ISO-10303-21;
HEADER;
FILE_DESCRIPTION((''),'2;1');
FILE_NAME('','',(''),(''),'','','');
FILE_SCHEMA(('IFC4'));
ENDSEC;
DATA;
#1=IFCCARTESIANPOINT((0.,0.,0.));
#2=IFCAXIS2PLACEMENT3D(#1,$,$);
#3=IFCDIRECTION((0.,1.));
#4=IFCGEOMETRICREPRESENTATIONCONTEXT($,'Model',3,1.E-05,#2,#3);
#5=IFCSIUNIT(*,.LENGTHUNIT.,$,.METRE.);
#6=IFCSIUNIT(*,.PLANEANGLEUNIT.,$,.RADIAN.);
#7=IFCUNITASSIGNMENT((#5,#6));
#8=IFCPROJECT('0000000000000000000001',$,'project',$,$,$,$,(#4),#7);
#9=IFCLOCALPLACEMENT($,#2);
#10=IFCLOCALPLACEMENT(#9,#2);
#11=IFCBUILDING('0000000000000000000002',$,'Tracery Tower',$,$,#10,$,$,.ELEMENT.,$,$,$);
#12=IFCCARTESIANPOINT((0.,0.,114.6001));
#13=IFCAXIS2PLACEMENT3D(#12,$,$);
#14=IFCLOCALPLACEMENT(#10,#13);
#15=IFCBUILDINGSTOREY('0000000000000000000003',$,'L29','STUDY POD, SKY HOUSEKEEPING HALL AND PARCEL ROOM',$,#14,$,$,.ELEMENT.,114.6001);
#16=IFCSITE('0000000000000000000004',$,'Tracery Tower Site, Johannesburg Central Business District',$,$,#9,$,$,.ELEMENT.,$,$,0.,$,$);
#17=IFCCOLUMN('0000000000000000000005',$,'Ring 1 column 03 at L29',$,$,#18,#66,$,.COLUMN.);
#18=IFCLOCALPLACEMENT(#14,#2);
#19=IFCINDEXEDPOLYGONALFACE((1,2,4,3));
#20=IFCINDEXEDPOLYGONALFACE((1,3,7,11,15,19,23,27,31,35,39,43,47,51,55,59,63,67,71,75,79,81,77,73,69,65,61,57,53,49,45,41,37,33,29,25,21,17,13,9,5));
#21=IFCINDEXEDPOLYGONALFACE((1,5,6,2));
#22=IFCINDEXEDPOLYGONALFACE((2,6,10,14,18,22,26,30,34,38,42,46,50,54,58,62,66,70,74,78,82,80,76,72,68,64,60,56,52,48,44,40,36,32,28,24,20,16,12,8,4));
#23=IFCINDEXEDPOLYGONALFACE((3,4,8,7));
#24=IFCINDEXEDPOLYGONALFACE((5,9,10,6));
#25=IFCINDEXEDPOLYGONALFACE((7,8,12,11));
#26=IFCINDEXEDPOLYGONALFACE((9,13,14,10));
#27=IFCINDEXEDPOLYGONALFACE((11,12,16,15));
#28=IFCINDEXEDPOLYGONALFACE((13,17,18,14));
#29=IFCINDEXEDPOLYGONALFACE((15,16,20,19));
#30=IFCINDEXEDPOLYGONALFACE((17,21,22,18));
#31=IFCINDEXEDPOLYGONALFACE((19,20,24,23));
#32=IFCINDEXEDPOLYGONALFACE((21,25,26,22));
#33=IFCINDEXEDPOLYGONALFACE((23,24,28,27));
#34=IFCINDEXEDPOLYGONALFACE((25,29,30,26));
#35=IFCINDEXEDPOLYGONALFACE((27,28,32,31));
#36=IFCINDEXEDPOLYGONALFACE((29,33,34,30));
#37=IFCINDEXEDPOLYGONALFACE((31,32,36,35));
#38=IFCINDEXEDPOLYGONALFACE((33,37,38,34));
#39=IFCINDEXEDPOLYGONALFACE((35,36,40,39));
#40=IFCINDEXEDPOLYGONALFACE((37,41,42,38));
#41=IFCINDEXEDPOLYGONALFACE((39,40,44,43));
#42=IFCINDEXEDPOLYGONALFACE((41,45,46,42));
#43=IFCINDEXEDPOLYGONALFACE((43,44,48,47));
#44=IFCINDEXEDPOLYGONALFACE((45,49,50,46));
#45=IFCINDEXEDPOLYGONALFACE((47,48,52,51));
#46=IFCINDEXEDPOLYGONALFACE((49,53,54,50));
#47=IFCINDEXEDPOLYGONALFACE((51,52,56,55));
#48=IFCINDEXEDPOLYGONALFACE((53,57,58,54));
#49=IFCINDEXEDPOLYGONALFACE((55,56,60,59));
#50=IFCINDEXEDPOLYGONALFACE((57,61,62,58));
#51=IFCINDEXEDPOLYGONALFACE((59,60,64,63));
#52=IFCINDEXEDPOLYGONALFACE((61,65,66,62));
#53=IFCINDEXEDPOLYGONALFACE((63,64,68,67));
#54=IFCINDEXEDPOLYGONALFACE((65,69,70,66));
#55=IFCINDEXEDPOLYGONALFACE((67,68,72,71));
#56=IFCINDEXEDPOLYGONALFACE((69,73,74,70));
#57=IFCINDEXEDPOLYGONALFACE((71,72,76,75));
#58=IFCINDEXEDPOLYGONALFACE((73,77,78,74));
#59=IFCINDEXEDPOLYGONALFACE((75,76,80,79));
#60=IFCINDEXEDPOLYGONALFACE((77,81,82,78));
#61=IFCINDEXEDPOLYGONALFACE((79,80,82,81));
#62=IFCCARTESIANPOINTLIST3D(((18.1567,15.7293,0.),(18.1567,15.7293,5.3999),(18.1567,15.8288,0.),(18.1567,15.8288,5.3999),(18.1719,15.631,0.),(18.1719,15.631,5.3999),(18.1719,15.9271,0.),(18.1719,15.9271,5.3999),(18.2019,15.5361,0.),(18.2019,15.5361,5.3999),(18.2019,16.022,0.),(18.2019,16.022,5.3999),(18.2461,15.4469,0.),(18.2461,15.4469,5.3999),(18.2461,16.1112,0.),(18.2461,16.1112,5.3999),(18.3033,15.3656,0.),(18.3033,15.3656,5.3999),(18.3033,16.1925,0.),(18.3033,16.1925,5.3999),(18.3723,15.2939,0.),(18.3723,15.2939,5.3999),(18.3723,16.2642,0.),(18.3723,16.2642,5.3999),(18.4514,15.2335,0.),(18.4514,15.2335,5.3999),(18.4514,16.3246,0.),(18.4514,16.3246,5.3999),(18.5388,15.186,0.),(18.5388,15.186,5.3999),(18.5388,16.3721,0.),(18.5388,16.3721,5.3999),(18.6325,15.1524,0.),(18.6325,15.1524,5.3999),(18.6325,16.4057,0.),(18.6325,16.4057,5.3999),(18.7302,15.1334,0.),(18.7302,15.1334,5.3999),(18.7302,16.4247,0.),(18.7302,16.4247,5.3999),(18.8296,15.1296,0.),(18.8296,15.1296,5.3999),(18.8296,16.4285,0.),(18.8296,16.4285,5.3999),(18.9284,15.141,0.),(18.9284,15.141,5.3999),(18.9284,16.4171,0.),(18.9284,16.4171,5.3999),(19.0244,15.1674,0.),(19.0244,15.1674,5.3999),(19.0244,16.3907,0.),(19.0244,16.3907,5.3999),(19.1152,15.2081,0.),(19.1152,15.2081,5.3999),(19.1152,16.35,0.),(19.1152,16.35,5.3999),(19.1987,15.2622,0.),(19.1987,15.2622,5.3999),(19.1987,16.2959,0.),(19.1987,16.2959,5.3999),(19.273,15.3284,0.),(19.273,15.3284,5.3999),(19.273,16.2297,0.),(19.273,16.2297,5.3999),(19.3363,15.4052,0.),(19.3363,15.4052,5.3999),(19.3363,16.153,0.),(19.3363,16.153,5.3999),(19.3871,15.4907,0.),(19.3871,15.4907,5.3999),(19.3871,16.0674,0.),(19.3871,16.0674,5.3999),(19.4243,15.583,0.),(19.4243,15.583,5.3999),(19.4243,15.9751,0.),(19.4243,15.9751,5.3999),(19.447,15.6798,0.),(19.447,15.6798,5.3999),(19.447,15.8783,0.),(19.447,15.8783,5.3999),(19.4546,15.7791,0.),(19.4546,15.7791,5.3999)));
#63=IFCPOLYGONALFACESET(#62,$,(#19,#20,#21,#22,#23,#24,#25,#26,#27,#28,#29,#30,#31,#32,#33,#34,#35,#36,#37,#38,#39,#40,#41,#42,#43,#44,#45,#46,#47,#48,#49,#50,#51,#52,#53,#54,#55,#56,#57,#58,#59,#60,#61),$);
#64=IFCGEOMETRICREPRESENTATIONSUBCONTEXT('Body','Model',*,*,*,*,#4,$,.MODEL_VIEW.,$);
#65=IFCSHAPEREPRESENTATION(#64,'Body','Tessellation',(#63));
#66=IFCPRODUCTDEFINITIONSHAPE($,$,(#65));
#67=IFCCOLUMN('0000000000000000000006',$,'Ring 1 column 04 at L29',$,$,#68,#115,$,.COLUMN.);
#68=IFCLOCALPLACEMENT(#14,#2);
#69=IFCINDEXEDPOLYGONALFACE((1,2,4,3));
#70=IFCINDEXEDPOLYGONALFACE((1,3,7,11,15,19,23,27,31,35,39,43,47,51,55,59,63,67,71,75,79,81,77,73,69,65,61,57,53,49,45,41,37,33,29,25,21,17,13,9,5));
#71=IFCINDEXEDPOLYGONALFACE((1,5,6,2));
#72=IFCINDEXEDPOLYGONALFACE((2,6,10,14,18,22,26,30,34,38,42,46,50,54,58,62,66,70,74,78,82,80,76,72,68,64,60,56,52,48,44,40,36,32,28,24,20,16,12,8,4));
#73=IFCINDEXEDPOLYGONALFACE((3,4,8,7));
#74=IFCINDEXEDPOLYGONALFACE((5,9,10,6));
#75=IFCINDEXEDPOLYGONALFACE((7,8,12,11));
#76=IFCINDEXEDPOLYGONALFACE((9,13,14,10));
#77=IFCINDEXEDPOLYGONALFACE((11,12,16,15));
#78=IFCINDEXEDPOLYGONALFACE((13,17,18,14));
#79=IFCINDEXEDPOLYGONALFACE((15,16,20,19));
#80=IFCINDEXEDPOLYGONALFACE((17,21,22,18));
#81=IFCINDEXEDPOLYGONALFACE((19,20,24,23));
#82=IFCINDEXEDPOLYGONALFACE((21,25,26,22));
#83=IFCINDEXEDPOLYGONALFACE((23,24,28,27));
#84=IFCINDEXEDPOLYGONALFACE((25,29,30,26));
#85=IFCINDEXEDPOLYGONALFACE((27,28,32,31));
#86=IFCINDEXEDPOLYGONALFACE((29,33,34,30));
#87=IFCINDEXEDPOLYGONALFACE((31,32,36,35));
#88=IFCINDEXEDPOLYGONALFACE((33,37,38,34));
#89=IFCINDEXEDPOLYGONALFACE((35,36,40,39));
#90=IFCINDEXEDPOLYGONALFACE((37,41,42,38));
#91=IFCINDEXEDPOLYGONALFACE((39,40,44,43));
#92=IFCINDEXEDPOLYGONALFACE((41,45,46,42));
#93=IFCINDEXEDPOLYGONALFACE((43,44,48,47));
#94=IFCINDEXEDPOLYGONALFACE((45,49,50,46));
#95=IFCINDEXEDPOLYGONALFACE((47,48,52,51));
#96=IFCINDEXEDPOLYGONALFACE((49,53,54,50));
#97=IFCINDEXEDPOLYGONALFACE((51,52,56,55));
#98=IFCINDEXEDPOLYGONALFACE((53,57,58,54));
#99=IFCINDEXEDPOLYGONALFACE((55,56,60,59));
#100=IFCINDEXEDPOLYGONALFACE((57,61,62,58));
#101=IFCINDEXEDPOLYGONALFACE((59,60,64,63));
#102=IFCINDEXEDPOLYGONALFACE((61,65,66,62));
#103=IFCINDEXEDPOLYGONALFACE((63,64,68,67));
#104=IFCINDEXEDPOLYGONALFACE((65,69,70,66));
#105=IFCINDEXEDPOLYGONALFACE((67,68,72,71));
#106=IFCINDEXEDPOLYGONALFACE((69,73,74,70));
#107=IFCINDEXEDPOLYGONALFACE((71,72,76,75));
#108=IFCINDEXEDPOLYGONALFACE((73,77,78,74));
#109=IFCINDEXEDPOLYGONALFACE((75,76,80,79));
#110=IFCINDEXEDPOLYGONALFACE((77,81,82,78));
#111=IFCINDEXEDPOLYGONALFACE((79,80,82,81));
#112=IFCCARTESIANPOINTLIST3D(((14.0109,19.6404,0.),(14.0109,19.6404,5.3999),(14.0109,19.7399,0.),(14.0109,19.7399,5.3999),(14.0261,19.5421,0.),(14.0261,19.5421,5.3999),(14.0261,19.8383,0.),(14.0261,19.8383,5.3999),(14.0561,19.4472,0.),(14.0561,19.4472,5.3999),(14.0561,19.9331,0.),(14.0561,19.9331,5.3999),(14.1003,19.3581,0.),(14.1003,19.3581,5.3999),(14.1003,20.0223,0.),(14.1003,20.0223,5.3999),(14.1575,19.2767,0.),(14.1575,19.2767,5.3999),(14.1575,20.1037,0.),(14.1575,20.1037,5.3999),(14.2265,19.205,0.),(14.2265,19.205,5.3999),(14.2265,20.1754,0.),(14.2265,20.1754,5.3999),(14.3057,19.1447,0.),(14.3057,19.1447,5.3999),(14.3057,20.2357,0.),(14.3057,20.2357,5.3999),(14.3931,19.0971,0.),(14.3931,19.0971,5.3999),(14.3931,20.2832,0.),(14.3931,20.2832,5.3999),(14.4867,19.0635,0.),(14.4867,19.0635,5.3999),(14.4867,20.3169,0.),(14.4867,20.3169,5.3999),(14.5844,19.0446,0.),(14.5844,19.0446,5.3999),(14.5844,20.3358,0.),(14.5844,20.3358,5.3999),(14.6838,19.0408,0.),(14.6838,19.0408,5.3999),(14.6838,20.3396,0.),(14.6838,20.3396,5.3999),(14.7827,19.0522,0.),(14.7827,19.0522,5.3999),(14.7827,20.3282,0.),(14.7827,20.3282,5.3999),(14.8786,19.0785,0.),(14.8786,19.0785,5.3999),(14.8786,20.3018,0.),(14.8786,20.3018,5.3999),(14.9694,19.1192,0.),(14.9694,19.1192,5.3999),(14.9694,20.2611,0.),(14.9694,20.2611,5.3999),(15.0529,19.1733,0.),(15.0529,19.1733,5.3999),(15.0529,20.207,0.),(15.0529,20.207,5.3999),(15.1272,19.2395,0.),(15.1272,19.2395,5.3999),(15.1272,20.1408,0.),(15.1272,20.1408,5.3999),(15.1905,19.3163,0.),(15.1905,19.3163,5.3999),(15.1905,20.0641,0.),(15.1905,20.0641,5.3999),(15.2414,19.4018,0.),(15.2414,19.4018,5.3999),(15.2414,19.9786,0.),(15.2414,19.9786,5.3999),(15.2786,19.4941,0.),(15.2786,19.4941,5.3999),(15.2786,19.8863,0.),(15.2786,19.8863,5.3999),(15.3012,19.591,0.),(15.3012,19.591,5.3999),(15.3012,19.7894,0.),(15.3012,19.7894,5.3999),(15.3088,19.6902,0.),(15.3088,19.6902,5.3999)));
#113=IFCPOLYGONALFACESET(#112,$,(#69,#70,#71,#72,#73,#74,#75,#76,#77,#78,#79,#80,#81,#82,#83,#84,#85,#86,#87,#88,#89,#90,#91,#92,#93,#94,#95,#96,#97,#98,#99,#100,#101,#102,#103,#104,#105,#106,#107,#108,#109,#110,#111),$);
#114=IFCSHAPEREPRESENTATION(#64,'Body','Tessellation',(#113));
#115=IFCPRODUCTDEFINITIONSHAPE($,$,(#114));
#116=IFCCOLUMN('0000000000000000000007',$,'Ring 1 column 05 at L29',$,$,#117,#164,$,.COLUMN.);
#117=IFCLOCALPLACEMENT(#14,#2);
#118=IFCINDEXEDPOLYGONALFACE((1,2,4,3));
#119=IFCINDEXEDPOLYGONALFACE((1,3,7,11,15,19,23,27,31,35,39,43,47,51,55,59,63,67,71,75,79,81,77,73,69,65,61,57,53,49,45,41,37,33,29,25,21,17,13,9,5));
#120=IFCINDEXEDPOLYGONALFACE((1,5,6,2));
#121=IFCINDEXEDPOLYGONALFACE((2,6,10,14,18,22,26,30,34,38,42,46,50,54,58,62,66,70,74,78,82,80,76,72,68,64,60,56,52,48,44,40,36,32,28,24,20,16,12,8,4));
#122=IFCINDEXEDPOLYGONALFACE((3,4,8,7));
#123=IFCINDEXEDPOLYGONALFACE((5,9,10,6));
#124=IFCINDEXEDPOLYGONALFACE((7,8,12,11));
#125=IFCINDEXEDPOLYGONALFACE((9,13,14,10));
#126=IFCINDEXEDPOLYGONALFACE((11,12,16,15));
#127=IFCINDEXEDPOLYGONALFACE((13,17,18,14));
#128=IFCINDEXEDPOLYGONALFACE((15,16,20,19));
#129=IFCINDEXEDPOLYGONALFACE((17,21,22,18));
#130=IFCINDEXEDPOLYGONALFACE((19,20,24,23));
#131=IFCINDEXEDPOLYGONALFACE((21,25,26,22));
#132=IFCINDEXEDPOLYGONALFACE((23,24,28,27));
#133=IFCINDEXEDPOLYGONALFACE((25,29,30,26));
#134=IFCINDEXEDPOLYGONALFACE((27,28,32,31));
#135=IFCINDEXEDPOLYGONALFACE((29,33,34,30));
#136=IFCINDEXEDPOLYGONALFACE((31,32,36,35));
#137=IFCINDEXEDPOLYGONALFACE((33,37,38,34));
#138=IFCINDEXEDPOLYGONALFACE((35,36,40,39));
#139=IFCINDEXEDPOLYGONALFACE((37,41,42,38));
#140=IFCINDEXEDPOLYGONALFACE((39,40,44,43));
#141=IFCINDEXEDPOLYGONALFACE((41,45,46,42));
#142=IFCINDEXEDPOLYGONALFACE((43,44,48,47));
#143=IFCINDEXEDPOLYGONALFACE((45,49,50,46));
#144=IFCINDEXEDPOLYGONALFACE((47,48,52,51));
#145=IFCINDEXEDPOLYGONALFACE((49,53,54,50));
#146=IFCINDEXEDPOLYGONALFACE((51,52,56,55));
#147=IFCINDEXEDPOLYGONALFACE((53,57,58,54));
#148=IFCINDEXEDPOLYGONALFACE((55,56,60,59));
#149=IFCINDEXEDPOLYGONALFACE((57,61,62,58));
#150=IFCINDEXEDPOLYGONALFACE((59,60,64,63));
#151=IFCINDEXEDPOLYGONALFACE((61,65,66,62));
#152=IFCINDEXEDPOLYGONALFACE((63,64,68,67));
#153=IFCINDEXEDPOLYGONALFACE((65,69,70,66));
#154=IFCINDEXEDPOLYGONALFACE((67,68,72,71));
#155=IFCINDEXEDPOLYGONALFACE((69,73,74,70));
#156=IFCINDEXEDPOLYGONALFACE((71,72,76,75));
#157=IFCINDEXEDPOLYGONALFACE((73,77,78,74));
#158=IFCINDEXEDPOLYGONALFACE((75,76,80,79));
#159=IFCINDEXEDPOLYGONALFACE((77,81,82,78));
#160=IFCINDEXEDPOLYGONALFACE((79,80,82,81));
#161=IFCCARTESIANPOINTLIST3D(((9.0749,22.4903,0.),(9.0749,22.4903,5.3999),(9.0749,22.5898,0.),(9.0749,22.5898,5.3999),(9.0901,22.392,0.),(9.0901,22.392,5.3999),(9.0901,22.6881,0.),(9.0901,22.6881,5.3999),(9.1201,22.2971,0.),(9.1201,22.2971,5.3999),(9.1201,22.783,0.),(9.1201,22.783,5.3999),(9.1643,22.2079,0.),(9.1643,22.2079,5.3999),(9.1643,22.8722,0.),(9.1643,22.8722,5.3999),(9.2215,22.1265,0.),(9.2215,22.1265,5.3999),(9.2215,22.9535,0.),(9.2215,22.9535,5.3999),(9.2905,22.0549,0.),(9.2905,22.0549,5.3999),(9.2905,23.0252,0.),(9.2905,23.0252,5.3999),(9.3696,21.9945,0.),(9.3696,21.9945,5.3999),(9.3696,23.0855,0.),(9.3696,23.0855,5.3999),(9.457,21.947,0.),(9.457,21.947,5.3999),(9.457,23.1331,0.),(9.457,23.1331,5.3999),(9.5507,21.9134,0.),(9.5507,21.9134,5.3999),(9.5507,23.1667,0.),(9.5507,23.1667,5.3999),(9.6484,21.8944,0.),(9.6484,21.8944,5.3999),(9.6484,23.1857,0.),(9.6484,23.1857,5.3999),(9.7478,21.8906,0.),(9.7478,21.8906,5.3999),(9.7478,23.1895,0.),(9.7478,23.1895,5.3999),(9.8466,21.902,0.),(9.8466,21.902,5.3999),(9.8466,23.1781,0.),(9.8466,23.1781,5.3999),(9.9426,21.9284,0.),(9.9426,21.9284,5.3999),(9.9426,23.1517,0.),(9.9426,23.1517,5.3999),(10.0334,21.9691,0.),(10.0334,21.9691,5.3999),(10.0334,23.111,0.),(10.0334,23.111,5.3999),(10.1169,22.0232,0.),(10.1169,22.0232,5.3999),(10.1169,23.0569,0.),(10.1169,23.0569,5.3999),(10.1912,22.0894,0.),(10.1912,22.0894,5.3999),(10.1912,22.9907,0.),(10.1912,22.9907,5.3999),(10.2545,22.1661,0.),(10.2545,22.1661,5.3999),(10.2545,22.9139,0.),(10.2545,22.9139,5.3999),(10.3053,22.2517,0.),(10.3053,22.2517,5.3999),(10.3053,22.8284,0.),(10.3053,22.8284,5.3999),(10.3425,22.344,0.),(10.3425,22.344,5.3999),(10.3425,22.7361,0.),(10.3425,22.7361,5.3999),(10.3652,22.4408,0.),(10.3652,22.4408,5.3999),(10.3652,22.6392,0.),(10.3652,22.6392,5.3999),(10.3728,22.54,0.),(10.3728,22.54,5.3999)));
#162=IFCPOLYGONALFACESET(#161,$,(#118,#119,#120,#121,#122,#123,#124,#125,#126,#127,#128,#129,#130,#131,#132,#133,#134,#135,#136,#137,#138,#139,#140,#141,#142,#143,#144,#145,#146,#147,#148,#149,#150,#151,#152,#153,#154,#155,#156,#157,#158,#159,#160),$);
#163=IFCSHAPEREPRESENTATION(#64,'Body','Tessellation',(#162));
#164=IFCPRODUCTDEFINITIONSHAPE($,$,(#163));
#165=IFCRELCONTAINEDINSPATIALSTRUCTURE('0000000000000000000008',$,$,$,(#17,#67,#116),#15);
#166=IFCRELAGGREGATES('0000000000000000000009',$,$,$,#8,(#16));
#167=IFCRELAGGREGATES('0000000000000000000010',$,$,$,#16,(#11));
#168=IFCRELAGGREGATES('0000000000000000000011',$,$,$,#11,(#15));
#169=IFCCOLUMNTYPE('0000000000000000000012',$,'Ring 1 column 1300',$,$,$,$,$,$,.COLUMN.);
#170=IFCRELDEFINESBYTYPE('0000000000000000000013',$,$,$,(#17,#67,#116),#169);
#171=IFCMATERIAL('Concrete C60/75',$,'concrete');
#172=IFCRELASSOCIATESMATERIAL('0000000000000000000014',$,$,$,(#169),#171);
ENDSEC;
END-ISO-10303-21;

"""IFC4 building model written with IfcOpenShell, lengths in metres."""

from ifc_helpers import new_model, si_unit, direction, frame, origin, origin_2d, place, context, subcontext, project, spatial, circle, extrude, material, material_profile, profile_set, type_object, element, save


model = new_model("IFC4")

# Units and contexts
model_context = context("Model", 3, precision=1e-05, world=origin(), true_north=direction((0.0, 1.0)))
body_context = subcontext(model_context, "Body", "Model", "MODEL_VIEW")
ifc_project = project(units=[si_unit("LENGTHUNIT", "METRE"), si_unit("PLANEANGLEUNIT", "RADIAN")], contexts=[model_context])

# Site, building, storey
site_placement = place(None, origin())
site = spatial("IfcSite", under=ifc_project, at=site_placement, Name="Tracery Tower Site, Johannesburg Central Business District", CompositionType="ELEMENT", RefElevation=0.0)
building_placement = place(site_placement, origin())
building = spatial("IfcBuilding", under=site, at=building_placement, Name="Tracery Tower", CompositionType="ELEMENT")
storey_placement = place(building_placement, frame((0.0, 0.0, 114.6001)))
storey = spatial("IfcBuildingStorey", under=building, at=storey_placement, Name="L29", Description="STUDY POD, SKY HOUSEKEEPING HALL AND PARCEL ROOM", CompositionType="ELEMENT", Elevation=114.6001)

# Columns
ifc_material_1 = material(Name="Concrete C60/75", Category="concrete")
ifc_material_profile_1 = material_profile(ifc_material_1, circle(Radius=0.6499, at=origin_2d()), Name="RC D1300")
ifc_profile_set_1 = profile_set([ifc_material_profile_1], Name="Concrete C60/75")
column_type_1 = type_object("IfcColumnType", Name="Ring 1 column 1300", PredefinedType="COLUMN", material=ifc_profile_set_1)
for number, where, z_axis, x_axis, name in (
    (1, (18.8047, 15.7791, 0.0), (0.0, 0.0, 1.0), (1.0, 0.0, 0.0), "Ring 1 column 03 at L29"),
    (2, (14.6589, 19.6902, 0.0), (0.0, 0.0, 1.0), (1.0, 0.0, 0.0), "Ring 1 column 04 at L29"),
    (3, (9.7229, 22.54, 0.0), (0.0, 0.0, 1.0), (1.0, 0.0, 0.0), "Ring 1 column 05 at L29"),
):
    element("IfcColumn", number, at=place(storey_placement, frame(where, z_axis=z_axis, x_axis=x_axis)), inside=storey, type_object=column_type_1, Name=name, PredefinedType="COLUMN", context=body_context, shape_type="SweptSolid", body=[
        extrude(circle(Radius=0.6499, at=origin_2d()), origin(), (0.0, 0.0, 1.0), 5.3999),
    ])

save(model, "model.ifc")
